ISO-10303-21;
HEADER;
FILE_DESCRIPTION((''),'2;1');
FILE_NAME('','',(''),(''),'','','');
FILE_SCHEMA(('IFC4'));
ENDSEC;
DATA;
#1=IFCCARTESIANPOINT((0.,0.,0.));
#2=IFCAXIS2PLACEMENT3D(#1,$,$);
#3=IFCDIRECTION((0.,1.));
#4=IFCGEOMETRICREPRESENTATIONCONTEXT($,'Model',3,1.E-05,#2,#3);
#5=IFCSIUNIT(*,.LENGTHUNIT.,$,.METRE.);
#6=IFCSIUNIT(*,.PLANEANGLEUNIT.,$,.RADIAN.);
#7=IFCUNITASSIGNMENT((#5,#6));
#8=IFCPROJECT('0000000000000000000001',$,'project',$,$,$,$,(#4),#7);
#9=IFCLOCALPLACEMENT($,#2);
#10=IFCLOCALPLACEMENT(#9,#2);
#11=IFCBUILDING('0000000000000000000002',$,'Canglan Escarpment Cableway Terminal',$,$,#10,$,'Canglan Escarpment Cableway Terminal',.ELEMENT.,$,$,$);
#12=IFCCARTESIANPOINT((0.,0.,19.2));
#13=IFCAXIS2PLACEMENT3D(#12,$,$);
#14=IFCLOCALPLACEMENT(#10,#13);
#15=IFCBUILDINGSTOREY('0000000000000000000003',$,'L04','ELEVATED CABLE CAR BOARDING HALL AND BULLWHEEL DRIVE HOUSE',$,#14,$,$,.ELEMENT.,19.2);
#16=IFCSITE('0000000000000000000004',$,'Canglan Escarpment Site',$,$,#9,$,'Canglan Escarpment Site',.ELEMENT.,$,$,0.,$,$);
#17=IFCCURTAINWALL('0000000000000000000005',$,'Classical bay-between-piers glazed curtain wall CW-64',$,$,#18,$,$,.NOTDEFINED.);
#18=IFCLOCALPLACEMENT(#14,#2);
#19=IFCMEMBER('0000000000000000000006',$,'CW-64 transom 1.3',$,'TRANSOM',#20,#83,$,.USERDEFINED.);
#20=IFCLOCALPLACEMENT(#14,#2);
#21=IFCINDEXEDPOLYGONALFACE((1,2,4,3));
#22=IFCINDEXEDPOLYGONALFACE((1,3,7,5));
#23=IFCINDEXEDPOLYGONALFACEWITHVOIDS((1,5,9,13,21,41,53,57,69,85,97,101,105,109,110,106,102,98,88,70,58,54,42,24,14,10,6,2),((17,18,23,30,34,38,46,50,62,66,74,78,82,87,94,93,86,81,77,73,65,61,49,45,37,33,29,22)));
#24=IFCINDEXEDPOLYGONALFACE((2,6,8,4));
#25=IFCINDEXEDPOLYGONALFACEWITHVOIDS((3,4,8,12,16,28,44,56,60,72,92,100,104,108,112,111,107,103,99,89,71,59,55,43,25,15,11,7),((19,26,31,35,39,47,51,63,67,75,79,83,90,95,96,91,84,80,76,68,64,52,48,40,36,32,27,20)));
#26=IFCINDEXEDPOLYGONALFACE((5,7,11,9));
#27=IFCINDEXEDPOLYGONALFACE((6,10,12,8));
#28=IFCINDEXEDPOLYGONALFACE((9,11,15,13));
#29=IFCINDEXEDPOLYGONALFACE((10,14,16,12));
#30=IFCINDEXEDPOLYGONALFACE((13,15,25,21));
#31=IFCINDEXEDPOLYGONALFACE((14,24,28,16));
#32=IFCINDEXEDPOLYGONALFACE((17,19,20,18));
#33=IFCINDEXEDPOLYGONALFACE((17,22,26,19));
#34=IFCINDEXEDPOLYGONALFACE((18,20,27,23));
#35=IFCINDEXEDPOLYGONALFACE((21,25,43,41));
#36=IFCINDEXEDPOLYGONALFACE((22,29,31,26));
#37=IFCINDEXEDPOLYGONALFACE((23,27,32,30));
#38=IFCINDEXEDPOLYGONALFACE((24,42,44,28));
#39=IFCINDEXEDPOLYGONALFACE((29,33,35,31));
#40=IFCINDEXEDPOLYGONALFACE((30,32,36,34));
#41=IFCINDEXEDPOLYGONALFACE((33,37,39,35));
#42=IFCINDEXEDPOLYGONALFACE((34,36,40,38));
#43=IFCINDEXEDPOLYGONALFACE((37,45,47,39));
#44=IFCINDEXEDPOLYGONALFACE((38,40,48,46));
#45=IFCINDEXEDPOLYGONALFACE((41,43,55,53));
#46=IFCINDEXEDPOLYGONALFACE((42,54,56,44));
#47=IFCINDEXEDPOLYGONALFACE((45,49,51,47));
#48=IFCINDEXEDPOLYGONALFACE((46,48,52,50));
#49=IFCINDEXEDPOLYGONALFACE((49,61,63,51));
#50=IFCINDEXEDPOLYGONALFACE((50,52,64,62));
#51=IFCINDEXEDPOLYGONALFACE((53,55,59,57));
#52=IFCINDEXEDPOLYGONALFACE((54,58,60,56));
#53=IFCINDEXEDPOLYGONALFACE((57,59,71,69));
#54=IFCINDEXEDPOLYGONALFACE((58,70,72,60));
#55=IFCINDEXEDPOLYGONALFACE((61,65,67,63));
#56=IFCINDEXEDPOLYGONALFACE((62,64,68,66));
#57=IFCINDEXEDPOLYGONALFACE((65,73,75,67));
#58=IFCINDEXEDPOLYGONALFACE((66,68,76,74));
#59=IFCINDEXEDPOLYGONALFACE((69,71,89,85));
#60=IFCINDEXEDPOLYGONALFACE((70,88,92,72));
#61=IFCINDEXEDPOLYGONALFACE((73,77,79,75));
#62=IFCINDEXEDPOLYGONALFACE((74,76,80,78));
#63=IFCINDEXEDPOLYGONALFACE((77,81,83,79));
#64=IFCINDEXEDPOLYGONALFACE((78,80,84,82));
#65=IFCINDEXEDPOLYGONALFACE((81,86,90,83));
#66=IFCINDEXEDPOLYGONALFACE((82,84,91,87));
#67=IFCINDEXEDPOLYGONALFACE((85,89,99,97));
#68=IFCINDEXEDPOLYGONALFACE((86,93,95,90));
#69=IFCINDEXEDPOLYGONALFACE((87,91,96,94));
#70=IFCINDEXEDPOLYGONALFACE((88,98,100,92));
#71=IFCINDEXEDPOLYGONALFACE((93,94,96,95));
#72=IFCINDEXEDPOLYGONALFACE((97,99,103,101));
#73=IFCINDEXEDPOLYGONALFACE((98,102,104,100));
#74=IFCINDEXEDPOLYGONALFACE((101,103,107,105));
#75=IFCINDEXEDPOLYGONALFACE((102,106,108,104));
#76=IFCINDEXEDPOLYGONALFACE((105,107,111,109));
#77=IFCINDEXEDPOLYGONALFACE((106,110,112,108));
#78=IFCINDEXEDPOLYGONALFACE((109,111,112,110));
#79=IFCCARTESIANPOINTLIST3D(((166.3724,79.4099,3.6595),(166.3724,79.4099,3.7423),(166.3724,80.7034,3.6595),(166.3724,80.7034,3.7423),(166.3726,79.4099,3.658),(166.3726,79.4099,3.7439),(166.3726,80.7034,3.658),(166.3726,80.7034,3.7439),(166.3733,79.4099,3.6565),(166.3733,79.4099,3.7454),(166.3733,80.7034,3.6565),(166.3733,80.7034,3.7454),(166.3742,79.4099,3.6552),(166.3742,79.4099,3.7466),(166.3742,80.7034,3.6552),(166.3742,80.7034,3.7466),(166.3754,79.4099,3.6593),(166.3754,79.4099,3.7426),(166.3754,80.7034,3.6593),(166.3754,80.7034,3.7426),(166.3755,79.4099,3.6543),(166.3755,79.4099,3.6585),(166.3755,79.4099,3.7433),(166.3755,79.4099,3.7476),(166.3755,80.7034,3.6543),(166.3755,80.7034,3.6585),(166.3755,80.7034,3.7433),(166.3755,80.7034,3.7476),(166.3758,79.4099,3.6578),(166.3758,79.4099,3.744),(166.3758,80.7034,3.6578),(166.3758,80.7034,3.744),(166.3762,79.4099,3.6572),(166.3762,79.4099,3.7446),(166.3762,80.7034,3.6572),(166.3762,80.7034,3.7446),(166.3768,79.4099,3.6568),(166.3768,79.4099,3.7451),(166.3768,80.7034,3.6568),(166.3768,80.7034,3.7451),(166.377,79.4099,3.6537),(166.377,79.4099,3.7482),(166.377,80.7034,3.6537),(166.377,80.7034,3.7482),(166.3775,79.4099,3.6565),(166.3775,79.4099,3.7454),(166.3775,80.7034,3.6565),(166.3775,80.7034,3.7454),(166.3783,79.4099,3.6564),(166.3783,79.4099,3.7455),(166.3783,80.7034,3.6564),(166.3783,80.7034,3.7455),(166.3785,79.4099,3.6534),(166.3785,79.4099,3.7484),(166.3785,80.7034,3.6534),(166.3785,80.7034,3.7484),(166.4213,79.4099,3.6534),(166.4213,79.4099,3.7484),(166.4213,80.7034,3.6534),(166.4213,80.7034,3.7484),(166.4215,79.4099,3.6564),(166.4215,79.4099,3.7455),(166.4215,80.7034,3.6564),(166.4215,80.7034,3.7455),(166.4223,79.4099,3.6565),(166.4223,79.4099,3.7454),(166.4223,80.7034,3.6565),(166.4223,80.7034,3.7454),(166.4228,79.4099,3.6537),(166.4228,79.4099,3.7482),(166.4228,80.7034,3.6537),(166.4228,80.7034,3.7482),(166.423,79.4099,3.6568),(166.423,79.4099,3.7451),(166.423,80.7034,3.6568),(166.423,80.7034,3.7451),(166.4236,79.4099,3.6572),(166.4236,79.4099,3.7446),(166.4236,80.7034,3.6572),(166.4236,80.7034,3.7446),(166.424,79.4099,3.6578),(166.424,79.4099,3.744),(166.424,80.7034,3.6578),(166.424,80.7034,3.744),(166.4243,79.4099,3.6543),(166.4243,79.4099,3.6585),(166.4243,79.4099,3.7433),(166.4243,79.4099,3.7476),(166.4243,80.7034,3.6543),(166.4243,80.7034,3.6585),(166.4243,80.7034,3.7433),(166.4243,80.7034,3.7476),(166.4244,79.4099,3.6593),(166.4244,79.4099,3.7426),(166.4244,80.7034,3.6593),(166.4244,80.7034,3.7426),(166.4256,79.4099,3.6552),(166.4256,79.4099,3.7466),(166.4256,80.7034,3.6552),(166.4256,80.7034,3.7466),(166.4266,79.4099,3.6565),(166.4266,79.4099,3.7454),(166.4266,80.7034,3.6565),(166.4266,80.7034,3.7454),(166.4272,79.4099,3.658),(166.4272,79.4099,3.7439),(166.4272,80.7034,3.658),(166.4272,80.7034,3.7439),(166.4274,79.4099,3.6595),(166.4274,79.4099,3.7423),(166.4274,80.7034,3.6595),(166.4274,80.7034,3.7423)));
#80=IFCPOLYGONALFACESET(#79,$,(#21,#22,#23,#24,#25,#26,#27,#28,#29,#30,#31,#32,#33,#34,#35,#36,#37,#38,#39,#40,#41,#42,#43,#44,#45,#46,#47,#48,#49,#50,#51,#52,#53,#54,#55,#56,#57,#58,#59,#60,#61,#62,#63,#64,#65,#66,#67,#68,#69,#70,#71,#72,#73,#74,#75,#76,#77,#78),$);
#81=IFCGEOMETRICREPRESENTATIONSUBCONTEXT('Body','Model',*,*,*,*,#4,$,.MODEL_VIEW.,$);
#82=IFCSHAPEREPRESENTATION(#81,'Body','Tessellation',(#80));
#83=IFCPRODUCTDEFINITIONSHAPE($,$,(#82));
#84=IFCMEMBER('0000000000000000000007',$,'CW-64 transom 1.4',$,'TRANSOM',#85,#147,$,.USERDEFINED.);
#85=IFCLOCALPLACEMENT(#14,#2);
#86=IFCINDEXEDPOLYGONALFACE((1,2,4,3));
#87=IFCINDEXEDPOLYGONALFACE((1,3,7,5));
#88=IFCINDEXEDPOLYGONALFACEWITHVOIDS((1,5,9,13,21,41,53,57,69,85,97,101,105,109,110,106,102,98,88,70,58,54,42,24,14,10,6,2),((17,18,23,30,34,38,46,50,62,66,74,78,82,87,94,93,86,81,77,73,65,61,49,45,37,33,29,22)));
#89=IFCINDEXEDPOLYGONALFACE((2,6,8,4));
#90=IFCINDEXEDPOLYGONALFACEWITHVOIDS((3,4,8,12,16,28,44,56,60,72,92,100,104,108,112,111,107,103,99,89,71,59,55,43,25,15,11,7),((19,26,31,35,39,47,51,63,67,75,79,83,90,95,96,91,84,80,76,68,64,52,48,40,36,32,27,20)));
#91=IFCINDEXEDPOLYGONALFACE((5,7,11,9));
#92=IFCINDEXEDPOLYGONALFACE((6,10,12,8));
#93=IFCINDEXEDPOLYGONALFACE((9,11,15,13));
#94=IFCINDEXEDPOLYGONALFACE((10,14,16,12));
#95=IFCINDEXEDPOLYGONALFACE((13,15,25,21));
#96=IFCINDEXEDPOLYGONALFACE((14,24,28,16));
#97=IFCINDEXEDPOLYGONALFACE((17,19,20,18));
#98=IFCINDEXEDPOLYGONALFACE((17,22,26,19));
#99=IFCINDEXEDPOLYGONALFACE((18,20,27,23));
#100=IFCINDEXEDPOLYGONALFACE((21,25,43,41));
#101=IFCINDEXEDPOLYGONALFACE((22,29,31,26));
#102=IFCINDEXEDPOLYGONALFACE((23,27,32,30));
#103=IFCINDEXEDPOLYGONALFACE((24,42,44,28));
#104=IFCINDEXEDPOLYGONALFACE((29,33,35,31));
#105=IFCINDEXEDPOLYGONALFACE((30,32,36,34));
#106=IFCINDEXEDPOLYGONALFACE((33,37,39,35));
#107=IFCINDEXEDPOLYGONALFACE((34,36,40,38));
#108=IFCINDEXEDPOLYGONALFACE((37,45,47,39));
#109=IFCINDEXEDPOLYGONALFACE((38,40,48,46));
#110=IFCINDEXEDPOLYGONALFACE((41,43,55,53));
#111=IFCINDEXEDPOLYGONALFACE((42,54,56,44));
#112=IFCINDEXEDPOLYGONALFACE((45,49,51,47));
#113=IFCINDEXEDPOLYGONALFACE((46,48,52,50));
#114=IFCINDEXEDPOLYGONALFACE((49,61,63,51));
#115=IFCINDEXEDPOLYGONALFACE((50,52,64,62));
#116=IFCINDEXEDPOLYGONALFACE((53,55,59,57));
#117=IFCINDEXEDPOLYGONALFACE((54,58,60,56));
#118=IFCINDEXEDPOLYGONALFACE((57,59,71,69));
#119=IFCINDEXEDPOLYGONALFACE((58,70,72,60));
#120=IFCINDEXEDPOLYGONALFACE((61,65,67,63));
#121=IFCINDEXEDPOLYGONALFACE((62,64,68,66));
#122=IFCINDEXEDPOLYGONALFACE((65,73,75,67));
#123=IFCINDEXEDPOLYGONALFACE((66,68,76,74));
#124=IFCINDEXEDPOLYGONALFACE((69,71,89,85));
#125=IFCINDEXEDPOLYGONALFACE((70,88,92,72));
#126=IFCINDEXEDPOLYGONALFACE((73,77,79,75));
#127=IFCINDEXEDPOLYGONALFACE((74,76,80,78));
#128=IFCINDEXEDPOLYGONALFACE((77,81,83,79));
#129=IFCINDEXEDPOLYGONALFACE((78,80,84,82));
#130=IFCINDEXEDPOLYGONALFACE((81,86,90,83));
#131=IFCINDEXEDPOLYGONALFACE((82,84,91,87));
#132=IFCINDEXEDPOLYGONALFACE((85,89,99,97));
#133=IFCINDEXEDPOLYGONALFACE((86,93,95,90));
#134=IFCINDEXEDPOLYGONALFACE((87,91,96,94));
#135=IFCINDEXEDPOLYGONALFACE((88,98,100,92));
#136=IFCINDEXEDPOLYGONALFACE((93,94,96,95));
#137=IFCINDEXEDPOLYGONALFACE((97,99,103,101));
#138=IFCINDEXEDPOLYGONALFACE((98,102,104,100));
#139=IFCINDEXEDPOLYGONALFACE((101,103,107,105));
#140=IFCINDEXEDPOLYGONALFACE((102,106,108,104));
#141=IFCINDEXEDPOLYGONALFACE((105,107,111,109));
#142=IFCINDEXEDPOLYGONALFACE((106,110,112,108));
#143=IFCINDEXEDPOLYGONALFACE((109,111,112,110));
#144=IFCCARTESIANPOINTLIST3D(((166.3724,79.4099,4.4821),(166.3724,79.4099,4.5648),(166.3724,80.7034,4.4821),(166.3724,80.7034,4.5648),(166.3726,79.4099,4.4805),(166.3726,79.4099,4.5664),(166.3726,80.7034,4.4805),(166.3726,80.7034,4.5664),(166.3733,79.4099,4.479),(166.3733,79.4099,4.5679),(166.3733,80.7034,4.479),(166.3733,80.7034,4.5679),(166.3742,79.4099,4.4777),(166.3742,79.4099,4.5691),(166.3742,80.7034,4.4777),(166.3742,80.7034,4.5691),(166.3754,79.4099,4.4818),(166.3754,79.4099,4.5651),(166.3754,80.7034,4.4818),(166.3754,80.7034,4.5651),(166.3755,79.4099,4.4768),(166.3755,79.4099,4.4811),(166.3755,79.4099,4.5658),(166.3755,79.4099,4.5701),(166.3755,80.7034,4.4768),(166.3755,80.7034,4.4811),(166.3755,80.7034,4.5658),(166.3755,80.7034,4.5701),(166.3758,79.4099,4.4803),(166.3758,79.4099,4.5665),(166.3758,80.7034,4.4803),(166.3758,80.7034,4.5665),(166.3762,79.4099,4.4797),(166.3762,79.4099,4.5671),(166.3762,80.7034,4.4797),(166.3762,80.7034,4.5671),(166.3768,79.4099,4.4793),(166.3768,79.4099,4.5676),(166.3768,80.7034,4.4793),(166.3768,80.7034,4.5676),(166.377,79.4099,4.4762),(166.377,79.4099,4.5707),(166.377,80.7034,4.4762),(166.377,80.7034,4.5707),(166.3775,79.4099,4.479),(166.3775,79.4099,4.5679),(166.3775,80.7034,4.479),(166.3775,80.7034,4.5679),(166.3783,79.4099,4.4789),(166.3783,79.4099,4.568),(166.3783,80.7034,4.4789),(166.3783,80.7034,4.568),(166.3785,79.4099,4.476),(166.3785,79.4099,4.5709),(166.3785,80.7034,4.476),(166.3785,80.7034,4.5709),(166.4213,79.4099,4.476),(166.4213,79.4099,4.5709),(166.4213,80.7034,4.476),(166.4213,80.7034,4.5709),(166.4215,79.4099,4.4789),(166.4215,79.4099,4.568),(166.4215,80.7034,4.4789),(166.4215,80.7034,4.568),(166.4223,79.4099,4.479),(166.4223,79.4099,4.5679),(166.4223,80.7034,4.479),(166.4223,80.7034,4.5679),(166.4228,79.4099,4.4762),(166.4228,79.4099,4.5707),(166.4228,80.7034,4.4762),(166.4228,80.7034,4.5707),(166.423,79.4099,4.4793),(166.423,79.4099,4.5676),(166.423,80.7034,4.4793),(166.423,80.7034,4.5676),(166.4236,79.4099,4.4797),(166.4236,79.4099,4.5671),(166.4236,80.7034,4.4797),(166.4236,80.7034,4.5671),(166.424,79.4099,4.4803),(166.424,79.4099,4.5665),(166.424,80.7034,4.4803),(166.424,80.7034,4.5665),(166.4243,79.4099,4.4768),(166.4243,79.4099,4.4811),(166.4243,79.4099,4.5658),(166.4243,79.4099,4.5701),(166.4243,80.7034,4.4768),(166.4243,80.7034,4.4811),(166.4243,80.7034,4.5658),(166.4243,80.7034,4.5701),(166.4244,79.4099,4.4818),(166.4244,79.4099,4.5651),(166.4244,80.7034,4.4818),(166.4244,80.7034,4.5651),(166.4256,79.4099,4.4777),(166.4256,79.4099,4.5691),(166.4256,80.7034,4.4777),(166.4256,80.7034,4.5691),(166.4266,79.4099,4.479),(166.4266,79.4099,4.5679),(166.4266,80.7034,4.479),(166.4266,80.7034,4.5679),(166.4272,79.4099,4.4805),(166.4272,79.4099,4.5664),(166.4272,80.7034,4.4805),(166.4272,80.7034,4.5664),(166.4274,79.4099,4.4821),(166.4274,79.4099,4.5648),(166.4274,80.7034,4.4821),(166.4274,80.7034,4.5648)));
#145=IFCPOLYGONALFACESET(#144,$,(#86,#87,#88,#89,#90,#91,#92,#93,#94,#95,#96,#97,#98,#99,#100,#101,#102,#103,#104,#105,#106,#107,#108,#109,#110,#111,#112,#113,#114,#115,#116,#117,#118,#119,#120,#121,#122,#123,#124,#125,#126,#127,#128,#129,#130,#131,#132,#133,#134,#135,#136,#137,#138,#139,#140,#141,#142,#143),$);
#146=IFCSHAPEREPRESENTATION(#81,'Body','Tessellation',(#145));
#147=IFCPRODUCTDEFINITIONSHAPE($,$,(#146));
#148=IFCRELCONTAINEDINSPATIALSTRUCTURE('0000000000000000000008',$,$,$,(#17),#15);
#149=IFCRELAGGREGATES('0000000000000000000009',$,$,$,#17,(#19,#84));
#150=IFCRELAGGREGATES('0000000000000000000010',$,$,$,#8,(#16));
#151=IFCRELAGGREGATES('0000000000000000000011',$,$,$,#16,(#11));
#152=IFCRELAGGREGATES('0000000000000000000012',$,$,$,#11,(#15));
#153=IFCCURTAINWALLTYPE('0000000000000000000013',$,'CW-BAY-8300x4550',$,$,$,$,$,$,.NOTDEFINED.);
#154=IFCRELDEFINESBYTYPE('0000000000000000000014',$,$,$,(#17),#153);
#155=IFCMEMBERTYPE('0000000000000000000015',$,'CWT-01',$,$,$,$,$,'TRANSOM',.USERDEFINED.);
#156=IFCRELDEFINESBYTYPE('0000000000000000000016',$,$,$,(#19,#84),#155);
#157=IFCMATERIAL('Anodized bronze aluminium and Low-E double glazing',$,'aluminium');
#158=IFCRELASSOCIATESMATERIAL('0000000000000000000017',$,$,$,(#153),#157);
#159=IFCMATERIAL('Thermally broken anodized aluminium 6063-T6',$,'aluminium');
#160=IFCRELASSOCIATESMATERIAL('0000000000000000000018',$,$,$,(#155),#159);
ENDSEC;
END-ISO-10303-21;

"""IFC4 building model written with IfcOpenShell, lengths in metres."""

from ifc_helpers import new_model, si_unit, direction, frame, origin, origin_2d, place, context, subcontext, project, spatial, hollow_rectangle, extrude, material, material_profile, profile_set, type_object, element, aggregate, save


model = new_model("IFC4")

# Units and contexts
model_context = context("Model", 3, precision=1e-05, world=origin(), true_north=direction((0.0, 1.0)))
body_context = subcontext(model_context, "Body", "Model", "MODEL_VIEW")
ifc_project = project(units=[si_unit("LENGTHUNIT", "METRE"), si_unit("PLANEANGLEUNIT", "RADIAN")], contexts=[model_context])

# Site, building, storey
site_placement = place(None, origin())
site = spatial("IfcSite", under=ifc_project, at=site_placement, Name="Canglan Escarpment Site", LongName="Canglan Escarpment Site", CompositionType="ELEMENT", RefElevation=0.0)
building_placement = place(site_placement, origin())
building = spatial("IfcBuilding", under=site, at=building_placement, Name="Canglan Escarpment Cableway Terminal", LongName="Canglan Escarpment Cableway Terminal", CompositionType="ELEMENT")
storey_placement = place(building_placement, frame((0.0, 0.0, 19.2)))
storey = spatial("IfcBuildingStorey", under=building, at=storey_placement, Name="L04", Description="ELEVATED CABLE CAR BOARDING HALL AND BULLWHEEL DRIVE HOUSE", CompositionType="ELEMENT", Elevation=19.2)

# Curtain wall
ifc_material_1 = material(Name="Anodized bronze aluminium and Low-E double glazing", Category="aluminium")
curtain_wall_type = type_object("IfcCurtainWallType", Name="CW-BAY-8300x4550", PredefinedType="NOTDEFINED", material=ifc_material_1)
curtain_wall_1_placement = place(storey_placement, origin())
curtain_wall_1 = element("IfcCurtainWall", 1, at=curtain_wall_1_placement, inside=storey, type_object=curtain_wall_type, Name="Classical bay-between-piers glazed curtain wall CW-64", PredefinedType="NOTDEFINED")
ifc_material_2 = material(Name="Thermally broken anodized aluminium 6063-T6", Category="aluminium")

# Members
ifc_material_profile_1 = material_profile(ifc_material_2, hollow_rectangle(XDim=0.0549, YDim=0.095, WallThickness=0.0029, InnerFilletRadius=0.0029, OuterFilletRadius=0.0061, at=origin_2d()), Name="ALU-TRAN 55x95x3")
ifc_profile_set_1 = profile_set([ifc_material_profile_1], Name="Thermally broken anodized aluminium 6063-T6")
member_type_1 = type_object("IfcMemberType", Name="CWT-01", ElementType="TRANSOM", PredefinedType="USERDEFINED", material=ifc_profile_set_1)
member_1_placement = place(storey_placement, frame((166.3999, 79.4099, 3.7009), z_axis=(0.0, 1.0, 0.0), x_axis=(-1.0, 0.0, 0.0)))
member_1 = element("IfcMember", 2, at=member_1_placement, type_object=member_type_1, Name="CW-64 transom 1.3", ObjectType="TRANSOM", PredefinedType="USERDEFINED", context=body_context, shape_type="SweptSolid", body=[
    extrude(hollow_rectangle(XDim=0.0549, YDim=0.095, WallThickness=0.0029, InnerFilletRadius=0.0029, OuterFilletRadius=0.0061, at=origin_2d()), origin(), (0.0, 0.0, 1.0), 1.2935),
])
member_2_placement = place(storey_placement, frame((166.3999, 79.4099, 4.5234), z_axis=(0.0, 1.0, 0.0), x_axis=(-1.0, 0.0, 0.0)))
member_2 = element("IfcMember", 3, at=member_2_placement, type_object=member_type_1, Name="CW-64 transom 1.4", ObjectType="TRANSOM", PredefinedType="USERDEFINED", context=body_context, shape_type="SweptSolid", body=[
    extrude(hollow_rectangle(XDim=0.0549, YDim=0.095, WallThickness=0.0029, InnerFilletRadius=0.0029, OuterFilletRadius=0.0061, at=origin_2d()), origin(), (0.0, 0.0, 1.0), 1.2935),
])

aggregate(curtain_wall_1, [member_1, member_2])

save(model, "model.ifc")
